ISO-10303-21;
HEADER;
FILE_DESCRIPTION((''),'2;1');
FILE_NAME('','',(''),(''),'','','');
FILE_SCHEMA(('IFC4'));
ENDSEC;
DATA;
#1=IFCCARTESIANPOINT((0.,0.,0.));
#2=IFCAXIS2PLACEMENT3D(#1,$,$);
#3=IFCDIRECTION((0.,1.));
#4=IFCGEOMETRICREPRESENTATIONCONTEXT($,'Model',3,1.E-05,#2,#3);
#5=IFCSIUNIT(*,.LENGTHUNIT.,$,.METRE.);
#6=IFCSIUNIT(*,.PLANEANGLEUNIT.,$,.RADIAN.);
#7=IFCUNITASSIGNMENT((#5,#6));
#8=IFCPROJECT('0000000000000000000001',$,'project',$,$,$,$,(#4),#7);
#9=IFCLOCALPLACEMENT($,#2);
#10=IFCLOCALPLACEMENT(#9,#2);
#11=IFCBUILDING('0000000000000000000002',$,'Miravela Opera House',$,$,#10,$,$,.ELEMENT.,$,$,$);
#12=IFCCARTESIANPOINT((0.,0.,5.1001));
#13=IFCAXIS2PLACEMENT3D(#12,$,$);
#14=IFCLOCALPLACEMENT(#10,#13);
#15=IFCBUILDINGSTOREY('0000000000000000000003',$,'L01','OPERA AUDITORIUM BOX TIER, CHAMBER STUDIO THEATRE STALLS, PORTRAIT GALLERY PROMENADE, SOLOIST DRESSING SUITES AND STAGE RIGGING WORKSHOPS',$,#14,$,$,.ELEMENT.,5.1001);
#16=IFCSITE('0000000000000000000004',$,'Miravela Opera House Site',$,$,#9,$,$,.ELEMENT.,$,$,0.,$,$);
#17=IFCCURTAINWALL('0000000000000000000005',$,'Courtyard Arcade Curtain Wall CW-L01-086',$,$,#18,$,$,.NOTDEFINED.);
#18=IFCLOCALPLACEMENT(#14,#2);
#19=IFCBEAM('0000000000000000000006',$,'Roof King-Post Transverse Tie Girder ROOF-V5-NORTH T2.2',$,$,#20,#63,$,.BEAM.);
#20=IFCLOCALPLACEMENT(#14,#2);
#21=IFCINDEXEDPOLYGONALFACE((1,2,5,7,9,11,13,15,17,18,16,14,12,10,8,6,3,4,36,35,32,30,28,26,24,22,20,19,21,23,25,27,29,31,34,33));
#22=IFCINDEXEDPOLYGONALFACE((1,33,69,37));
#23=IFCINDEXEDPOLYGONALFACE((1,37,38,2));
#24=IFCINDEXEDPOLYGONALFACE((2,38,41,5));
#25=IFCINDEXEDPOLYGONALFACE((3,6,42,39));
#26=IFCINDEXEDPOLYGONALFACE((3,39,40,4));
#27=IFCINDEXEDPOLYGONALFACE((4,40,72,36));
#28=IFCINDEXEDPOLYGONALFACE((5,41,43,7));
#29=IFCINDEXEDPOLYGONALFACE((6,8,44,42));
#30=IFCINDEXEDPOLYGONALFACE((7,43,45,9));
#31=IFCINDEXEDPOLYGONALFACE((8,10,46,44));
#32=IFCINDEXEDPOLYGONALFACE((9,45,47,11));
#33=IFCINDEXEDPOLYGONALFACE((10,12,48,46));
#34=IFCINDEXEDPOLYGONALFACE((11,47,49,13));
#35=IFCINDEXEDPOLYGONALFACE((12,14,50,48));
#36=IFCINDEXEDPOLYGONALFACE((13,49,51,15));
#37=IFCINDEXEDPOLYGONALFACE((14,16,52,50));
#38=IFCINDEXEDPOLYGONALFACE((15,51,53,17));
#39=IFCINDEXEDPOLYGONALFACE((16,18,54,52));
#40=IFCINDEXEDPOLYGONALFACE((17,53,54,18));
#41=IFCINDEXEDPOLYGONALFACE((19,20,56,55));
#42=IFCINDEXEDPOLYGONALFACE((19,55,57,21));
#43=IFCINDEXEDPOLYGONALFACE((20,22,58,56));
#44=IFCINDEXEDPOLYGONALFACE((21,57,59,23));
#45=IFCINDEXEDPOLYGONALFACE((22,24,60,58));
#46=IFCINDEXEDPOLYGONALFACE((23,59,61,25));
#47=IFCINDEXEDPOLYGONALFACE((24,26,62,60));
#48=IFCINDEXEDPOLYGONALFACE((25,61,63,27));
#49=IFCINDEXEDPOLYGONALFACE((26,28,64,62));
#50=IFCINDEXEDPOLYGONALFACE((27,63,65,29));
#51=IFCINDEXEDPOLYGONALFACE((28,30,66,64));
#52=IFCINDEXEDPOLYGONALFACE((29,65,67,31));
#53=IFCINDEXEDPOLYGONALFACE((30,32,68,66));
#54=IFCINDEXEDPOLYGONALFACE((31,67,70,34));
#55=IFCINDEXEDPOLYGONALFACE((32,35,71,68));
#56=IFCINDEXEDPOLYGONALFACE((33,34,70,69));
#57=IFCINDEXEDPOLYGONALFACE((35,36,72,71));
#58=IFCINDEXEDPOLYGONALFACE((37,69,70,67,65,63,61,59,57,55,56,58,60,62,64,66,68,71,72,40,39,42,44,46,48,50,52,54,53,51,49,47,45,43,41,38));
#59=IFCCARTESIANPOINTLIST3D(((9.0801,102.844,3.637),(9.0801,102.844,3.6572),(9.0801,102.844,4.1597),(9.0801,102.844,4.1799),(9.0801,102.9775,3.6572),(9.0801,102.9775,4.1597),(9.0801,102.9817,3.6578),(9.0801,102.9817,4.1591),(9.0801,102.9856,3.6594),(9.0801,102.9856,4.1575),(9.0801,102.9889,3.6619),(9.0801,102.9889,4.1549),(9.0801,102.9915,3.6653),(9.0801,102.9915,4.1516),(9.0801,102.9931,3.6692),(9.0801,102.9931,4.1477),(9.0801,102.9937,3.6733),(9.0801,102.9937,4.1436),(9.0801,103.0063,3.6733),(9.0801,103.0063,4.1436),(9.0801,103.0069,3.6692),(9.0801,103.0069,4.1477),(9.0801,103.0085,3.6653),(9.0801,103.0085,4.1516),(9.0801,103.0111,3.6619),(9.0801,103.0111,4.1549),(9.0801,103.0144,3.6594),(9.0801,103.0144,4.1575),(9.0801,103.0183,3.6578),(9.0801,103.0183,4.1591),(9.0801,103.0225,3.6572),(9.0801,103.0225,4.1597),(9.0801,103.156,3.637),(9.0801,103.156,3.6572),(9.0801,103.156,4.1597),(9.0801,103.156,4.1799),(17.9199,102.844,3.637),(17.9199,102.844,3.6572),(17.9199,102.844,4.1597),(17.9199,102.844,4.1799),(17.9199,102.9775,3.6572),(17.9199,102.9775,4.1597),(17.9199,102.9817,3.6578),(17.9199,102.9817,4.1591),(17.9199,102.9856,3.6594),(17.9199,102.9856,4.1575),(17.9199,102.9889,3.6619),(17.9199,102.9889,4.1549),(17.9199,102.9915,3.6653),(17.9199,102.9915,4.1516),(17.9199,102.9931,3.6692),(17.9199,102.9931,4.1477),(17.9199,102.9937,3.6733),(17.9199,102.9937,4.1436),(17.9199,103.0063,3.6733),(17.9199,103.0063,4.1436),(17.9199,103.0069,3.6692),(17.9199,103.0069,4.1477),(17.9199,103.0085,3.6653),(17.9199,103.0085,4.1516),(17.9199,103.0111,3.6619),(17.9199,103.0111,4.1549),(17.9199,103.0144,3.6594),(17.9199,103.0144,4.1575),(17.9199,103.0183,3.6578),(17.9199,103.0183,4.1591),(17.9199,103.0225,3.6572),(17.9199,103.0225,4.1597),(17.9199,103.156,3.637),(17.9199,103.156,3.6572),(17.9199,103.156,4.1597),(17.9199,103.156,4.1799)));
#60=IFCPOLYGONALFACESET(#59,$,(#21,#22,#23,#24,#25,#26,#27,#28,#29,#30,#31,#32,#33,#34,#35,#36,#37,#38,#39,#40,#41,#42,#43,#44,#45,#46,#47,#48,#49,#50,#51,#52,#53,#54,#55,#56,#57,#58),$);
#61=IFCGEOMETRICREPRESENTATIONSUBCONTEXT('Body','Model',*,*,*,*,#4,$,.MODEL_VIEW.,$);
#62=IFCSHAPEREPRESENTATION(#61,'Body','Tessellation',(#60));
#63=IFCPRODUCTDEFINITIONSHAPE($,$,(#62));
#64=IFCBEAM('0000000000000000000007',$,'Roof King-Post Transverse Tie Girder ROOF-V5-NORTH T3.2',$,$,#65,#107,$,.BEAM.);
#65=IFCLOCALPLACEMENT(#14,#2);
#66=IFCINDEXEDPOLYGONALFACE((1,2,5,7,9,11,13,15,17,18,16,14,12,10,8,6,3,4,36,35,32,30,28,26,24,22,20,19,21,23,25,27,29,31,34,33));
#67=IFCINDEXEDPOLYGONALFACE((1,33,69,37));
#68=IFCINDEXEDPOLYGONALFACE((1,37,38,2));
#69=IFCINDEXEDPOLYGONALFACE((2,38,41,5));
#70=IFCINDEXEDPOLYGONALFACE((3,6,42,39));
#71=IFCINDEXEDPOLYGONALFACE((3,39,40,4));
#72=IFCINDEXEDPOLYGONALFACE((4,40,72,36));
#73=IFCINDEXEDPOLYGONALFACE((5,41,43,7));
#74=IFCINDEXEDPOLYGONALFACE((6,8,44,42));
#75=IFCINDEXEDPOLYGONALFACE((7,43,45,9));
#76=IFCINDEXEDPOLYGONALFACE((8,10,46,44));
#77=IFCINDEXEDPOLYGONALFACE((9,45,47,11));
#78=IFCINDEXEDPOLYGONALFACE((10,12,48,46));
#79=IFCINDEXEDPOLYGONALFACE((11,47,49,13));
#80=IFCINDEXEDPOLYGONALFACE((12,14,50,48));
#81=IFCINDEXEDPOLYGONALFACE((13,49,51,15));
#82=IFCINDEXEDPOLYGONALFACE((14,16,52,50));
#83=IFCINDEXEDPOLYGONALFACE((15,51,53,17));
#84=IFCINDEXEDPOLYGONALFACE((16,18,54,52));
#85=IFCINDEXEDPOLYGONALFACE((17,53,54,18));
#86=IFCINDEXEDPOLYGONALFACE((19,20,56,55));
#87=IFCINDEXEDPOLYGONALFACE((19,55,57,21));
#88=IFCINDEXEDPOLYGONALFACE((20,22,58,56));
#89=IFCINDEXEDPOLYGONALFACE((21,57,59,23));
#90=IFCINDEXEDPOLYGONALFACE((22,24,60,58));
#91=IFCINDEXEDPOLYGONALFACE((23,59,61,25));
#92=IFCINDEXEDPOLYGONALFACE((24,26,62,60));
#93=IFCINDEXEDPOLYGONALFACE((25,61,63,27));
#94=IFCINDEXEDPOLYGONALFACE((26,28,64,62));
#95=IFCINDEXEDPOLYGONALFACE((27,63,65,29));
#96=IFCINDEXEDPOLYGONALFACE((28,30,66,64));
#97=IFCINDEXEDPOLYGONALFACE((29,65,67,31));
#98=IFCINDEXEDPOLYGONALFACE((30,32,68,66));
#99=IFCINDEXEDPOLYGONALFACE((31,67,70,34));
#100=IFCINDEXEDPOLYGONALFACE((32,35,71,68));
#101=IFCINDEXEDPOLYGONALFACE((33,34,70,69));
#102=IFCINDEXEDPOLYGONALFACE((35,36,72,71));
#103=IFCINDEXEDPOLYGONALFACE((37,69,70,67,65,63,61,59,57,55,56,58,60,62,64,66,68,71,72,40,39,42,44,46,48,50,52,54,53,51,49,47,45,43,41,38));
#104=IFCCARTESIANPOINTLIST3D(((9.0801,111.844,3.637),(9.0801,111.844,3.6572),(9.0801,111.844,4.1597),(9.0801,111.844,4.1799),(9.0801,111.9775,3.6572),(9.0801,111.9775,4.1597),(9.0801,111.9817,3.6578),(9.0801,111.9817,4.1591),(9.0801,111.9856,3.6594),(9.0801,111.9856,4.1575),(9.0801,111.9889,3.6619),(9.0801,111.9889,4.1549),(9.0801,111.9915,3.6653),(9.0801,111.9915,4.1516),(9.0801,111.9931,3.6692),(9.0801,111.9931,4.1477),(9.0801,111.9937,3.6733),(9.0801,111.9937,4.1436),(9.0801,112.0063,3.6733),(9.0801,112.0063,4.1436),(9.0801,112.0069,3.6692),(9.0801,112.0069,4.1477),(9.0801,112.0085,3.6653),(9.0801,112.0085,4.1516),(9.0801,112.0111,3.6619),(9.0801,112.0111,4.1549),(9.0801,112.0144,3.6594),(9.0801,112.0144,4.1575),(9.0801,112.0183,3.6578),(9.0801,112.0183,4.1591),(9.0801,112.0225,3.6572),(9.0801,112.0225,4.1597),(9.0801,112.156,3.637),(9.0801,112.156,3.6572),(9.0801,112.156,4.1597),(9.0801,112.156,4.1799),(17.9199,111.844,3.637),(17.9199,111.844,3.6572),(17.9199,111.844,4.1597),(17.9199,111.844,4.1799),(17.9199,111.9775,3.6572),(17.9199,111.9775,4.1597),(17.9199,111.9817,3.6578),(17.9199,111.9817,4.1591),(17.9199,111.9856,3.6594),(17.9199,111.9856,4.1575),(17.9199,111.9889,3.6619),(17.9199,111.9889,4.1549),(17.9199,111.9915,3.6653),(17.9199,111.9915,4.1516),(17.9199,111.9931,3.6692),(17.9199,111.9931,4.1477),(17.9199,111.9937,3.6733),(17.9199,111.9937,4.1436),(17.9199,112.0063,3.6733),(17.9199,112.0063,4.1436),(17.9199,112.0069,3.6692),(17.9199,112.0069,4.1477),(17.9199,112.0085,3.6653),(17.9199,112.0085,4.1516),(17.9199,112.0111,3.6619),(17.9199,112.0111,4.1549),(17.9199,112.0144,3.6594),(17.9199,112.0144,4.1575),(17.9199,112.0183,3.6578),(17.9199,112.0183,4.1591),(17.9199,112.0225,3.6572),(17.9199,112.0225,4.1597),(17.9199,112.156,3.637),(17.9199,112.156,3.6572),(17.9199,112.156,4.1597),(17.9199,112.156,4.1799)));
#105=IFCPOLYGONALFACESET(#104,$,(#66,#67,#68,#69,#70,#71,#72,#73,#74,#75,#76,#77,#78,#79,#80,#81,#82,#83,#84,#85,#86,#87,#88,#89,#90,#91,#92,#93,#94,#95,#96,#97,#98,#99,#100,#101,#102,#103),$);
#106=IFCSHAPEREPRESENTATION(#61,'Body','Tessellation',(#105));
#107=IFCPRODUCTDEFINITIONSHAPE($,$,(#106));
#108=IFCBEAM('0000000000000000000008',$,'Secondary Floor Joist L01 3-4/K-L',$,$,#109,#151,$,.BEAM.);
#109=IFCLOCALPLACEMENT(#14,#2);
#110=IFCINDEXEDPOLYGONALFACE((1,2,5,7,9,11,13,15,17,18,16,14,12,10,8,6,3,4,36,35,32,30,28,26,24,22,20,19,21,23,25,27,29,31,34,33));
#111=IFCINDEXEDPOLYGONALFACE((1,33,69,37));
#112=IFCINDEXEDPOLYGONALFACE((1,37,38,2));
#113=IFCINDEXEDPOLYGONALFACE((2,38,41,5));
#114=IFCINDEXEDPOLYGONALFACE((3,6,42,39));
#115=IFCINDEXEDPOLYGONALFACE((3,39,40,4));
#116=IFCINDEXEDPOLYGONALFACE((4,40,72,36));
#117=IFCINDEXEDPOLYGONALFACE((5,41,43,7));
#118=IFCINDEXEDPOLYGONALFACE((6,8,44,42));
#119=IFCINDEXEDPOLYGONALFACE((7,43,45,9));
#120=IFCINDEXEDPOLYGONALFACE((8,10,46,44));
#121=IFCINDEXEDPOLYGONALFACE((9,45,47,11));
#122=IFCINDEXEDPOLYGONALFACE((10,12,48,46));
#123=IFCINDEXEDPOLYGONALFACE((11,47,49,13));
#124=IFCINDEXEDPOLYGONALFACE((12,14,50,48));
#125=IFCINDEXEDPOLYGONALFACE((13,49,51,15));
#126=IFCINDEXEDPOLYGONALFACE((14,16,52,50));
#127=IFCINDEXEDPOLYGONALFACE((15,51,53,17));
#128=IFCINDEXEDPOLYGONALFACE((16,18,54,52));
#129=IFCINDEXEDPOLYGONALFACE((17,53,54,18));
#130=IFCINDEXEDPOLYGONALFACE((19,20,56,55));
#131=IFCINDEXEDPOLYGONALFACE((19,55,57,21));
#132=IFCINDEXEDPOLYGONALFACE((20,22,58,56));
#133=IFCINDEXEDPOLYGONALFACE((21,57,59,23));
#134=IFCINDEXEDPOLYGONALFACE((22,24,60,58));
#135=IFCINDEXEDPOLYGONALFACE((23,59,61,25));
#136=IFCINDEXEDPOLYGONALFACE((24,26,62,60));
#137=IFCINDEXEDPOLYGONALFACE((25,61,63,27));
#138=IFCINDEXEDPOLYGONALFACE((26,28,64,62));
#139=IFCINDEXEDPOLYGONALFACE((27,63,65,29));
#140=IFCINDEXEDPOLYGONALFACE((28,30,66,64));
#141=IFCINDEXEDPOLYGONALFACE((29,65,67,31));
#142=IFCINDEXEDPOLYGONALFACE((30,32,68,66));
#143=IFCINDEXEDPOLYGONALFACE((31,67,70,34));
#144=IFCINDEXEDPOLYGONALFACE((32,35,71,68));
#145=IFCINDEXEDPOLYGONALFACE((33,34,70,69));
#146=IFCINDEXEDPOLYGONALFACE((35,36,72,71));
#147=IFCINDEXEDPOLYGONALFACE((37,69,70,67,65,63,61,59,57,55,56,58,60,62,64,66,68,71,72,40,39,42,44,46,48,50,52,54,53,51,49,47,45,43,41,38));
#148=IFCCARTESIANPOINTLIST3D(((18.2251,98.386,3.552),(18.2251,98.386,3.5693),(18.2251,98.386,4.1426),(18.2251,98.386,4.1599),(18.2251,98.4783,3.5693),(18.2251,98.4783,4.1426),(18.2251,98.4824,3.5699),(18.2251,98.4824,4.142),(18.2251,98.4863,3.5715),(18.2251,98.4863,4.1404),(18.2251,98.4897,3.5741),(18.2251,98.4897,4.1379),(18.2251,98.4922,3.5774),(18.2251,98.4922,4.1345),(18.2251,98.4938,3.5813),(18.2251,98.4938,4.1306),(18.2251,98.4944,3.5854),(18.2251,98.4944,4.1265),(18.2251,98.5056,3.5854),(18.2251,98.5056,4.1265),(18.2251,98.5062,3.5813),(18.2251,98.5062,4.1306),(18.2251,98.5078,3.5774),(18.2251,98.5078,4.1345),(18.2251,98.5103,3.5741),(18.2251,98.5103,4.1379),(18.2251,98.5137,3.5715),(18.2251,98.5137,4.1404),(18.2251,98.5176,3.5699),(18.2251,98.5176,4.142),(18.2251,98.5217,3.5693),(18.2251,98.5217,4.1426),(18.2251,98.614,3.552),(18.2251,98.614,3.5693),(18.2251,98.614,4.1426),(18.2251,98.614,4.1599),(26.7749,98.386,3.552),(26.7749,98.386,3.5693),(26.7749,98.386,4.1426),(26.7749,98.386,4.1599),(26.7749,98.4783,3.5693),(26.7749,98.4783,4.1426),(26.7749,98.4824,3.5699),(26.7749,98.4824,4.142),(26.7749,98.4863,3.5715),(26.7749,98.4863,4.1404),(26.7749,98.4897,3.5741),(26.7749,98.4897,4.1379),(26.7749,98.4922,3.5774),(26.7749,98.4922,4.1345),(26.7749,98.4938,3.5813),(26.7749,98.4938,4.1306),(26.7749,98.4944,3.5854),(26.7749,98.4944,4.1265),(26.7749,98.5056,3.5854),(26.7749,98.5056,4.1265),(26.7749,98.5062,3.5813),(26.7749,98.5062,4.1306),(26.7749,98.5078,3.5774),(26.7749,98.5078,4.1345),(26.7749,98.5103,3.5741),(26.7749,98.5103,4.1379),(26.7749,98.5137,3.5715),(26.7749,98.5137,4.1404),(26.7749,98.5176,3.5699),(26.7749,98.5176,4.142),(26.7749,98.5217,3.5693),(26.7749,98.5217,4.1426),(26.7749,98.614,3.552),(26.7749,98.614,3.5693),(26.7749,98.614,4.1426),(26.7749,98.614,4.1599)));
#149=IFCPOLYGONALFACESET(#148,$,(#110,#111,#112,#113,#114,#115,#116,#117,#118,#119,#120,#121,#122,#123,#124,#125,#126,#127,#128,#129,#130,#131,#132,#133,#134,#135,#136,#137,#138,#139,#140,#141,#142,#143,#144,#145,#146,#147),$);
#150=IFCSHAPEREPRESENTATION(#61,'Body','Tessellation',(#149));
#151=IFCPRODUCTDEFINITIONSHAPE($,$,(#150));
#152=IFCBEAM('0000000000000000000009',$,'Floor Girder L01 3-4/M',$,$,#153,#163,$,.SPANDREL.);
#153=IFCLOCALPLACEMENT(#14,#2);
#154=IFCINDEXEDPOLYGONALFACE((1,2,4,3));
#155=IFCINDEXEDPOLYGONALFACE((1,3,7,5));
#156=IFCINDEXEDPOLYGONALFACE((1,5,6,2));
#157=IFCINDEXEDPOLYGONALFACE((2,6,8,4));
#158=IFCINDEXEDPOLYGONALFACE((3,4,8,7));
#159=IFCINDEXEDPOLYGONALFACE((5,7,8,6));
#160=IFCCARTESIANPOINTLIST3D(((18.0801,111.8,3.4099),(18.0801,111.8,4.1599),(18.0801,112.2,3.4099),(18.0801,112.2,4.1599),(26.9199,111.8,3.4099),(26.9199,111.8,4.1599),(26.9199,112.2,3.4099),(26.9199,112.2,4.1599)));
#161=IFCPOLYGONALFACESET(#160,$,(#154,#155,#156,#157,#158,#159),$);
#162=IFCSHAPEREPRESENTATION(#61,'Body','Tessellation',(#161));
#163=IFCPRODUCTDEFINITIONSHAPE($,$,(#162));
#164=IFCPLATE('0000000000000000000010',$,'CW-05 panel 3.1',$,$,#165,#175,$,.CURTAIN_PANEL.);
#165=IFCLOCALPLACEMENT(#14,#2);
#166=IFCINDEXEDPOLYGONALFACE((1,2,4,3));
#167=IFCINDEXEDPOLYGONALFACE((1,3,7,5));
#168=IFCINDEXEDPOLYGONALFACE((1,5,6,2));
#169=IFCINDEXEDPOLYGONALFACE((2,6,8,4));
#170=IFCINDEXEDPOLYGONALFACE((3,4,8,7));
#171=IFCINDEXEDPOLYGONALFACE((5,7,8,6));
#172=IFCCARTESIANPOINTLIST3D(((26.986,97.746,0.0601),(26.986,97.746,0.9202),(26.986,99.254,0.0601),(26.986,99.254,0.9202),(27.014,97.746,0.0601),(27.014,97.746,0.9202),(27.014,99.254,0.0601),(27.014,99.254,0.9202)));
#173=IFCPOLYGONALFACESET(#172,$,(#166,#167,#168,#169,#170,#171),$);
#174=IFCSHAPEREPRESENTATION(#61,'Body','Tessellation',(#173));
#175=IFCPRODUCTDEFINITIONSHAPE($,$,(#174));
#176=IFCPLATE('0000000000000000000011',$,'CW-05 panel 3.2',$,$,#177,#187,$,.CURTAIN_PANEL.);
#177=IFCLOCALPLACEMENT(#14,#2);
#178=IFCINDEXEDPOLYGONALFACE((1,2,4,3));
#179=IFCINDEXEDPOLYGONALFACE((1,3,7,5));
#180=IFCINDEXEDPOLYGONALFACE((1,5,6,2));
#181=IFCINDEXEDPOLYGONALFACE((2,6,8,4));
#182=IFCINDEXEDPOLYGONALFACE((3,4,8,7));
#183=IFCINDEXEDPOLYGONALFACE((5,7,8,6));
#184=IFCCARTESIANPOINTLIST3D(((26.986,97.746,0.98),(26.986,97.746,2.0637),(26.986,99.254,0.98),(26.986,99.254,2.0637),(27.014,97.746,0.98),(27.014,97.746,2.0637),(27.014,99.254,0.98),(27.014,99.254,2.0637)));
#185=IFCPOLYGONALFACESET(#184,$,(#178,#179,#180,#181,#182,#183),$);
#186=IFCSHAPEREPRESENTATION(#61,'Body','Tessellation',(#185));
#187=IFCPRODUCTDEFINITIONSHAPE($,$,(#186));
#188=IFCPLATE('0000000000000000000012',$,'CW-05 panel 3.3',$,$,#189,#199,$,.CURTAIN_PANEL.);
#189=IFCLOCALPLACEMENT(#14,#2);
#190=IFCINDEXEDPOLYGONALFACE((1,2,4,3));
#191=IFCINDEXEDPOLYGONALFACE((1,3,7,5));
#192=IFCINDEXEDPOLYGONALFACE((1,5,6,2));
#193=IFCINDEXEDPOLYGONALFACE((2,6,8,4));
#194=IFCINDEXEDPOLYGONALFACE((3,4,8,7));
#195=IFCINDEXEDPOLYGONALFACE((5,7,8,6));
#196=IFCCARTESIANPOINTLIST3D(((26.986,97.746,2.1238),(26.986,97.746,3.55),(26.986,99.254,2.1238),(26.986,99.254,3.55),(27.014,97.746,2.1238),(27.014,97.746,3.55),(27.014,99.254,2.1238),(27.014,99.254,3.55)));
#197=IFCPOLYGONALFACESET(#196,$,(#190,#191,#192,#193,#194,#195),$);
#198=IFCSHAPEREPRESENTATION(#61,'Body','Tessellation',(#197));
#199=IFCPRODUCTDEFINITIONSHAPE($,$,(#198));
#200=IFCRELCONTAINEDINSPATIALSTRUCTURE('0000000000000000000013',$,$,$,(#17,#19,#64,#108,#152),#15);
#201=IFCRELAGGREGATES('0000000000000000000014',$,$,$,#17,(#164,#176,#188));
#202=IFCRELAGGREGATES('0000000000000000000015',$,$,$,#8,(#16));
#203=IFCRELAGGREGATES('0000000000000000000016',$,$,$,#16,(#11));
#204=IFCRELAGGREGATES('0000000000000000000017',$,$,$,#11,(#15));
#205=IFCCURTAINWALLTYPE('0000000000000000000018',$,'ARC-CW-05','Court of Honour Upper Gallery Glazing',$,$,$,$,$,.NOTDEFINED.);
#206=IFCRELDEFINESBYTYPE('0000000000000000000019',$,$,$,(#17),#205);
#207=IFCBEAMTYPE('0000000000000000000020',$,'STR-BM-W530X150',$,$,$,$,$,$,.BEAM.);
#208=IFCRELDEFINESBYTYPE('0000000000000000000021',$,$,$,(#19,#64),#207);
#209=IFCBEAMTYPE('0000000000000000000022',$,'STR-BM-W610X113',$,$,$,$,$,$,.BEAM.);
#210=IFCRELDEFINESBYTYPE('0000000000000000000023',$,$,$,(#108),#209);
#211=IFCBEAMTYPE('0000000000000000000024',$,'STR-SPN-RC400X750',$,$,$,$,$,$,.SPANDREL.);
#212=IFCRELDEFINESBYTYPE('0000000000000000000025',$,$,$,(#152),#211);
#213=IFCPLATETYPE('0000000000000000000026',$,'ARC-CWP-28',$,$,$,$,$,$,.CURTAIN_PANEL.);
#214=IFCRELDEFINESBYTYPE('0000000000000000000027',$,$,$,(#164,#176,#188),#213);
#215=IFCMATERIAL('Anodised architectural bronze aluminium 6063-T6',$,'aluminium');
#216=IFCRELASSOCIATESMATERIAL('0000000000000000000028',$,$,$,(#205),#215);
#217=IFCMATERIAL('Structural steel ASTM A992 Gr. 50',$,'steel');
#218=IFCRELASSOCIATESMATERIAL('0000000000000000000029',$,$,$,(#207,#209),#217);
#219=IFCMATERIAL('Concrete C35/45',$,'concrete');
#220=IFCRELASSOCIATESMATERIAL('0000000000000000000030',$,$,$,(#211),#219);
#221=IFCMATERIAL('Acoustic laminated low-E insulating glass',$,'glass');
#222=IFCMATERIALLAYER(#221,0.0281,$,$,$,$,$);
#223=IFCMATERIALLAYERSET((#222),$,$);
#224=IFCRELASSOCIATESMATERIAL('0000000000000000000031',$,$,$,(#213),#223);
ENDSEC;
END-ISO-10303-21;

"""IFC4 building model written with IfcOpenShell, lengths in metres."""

from ifc_helpers import new_model, si_unit, direction, frame, origin, origin_2d, place, context, subcontext, project, spatial, rectangle, i_section, extrude, material, layer, layer_set, material_profile, profile_set, type_object, element, aggregate, save


model = new_model("IFC4")

# Units and contexts
model_context = context("Model", 3, precision=1e-05, world=origin(), true_north=direction((0.0, 1.0)))
body_context = subcontext(model_context, "Body", "Model", "MODEL_VIEW")
ifc_project = project(units=[si_unit("LENGTHUNIT", "METRE"), si_unit("PLANEANGLEUNIT", "RADIAN")], contexts=[model_context])

# Site, building, storey
site_placement = place(None, origin())
site = spatial("IfcSite", under=ifc_project, at=site_placement, Name="Miravela Opera House Site", CompositionType="ELEMENT", RefElevation=0.0)
building_placement = place(site_placement, origin())
building = spatial("IfcBuilding", under=site, at=building_placement, Name="Miravela Opera House", CompositionType="ELEMENT")
storey_placement = place(building_placement, frame((0.0, 0.0, 5.1001)))
storey = spatial("IfcBuildingStorey", under=building, at=storey_placement, Name="L01", Description="OPERA AUDITORIUM BOX TIER, CHAMBER STUDIO THEATRE STALLS, PORTRAIT GALLERY PROMENADE, SOLOIST DRESSING SUITES AND STAGE RIGGING WORKSHOPS", CompositionType="ELEMENT", Elevation=5.1001)

# Shared definitions
ifc_material_1 = material(Name="Concrete C35/45", Category="concrete")

# Curtain wall
ifc_material_2 = material(Name="Anodised architectural bronze aluminium 6063-T6", Category="aluminium")
curtain_wall_type = type_object("IfcCurtainWallType", Name="ARC-CW-05", Description="Court of Honour Upper Gallery Glazing", PredefinedType="NOTDEFINED", material=ifc_material_2)
curtain_wall_placement = place(storey_placement, origin())
curtain_wall = element("IfcCurtainWall", 1, at=curtain_wall_placement, inside=storey, type_object=curtain_wall_type, Name="Courtyard Arcade Curtain Wall CW-L01-086", PredefinedType="NOTDEFINED")

# Beams
ifc_material_3 = material(Name="Structural steel ASTM A992 Gr. 50", Category="steel")
ifc_material_profile_1 = material_profile(ifc_material_3, i_section(OverallWidth=0.312, OverallDepth=0.543, WebThickness=0.0127, FlangeThickness=0.0203, FilletRadius=0.0161, at=origin_2d()), Name="W530X150")
ifc_profile_set_1 = profile_set([ifc_material_profile_1])
beam_type_1 = type_object("IfcBeamType", Name="STR-BM-W530X150", PredefinedType="BEAM", material=ifc_profile_set_1)
for number, where, z_axis, x_axis, name in (
    (2, (9.0801, 103.0, 3.9084), (1.0, 0.0, 0.0), (0.0, 1.0, 0.0), "Roof King-Post Transverse Tie Girder ROOF-V5-NORTH T2.2"),
    (3, (9.0801, 112.0, 3.9084), (1.0, 0.0, 0.0), (0.0, 1.0, 0.0), "Roof King-Post Transverse Tie Girder ROOF-V5-NORTH T3.2"),
):
    element("IfcBeam", number, at=place(storey_placement, frame(where, z_axis=z_axis, x_axis=x_axis)), inside=storey, type_object=beam_type_1, Name=name, PredefinedType="BEAM", context=body_context, shape_type="SweptSolid", body=[
        extrude(i_section(OverallWidth=0.312, OverallDepth=0.543, WebThickness=0.0127, FlangeThickness=0.0203, FilletRadius=0.0161, at=origin_2d()), origin(), (0.0, 0.0, 1.0), 8.8398),
    ])
ifc_material_profile_2 = material_profile(ifc_material_3, i_section(OverallWidth=0.228, OverallDepth=0.6079, WebThickness=0.0112, FlangeThickness=0.0173, FilletRadius=0.0161, at=origin_2d()), Name="W610X113")
ifc_profile_set_2 = profile_set([ifc_material_profile_2])
beam_type_2 = type_object("IfcBeamType", Name="STR-BM-W610X113", PredefinedType="BEAM", material=ifc_profile_set_2)
beam_1_placement = place(storey_placement, frame((18.2251, 98.5, 3.856), z_axis=(1.0, 0.0, 0.0), x_axis=(0.0, 1.0, 0.0)))
element("IfcBeam", 4, at=beam_1_placement, inside=storey, type_object=beam_type_2, Name="Secondary Floor Joist L01 3-4/K-L", PredefinedType="BEAM", context=body_context, shape_type="SweptSolid", body=[
    extrude(i_section(OverallWidth=0.228, OverallDepth=0.6079, WebThickness=0.0112, FlangeThickness=0.0173, FilletRadius=0.0161, at=origin_2d()), origin(), (0.0, 0.0, 1.0), 8.5498),
])
ifc_material_profile_3 = material_profile(ifc_material_1, rectangle(XDim=0.3999, YDim=0.75, at=origin_2d()), Name="RC-SPN-400X750")
ifc_profile_set_3 = profile_set([ifc_material_profile_3])
beam_type_3 = type_object("IfcBeamType", Name="STR-SPN-RC400X750", PredefinedType="SPANDREL", material=ifc_profile_set_3)
beam_2_placement = place(storey_placement, frame((18.0801, 112.0, 3.7849), z_axis=(1.0, 0.0, 0.0), x_axis=(0.0, 1.0, 0.0)))
element("IfcBeam", 5, at=beam_2_placement, inside=storey, type_object=beam_type_3, Name="Floor Girder L01 3-4/M", PredefinedType="SPANDREL", context=body_context, shape_type="SweptSolid", body=[
    extrude(rectangle(XDim=0.3999, YDim=0.75, at=origin_2d()), origin(), (0.0, 0.0, 1.0), 8.8398),
])

# Plates
ifc_material_4 = material(Name="Acoustic laminated low-E insulating glass", Category="glass")
ifc_layer_1 = layer(ifc_material_4, 0.0281)
ifc_layer_set_1 = layer_set([ifc_layer_1])
plate_type = type_object("IfcPlateType", Name="ARC-CWP-28", PredefinedType="CURTAIN_PANEL", material=ifc_layer_set_1)
plate_1_placement = place(storey_placement, frame((27.0, 98.5, 0.0601), z_axis=(0.0, 0.0, 1.0), x_axis=(0.0, 1.0, 0.0)))
plate_1 = element("IfcPlate", 6, at=plate_1_placement, type_object=plate_type, Name="CW-05 panel 3.1", PredefinedType="CURTAIN_PANEL", context=body_context, shape_type="SweptSolid", body=[
    extrude(rectangle(XDim=1.5081, YDim=0.0281, at=origin_2d()), origin(), (0.0, 0.0, 1.0), 0.8601),
])
plate_2_placement = place(storey_placement, frame((27.0, 98.5, 0.98), z_axis=(0.0, 0.0, 1.0), x_axis=(0.0, 1.0, 0.0)))
plate_2 = element("IfcPlate", 7, at=plate_2_placement, type_object=plate_type, Name="CW-05 panel 3.2", PredefinedType="CURTAIN_PANEL", context=body_context, shape_type="SweptSolid", body=[
    extrude(rectangle(XDim=1.5081, YDim=0.0281, at=origin_2d()), origin(), (0.0, 0.0, 1.0), 1.0837),
])
plate_3_placement = place(storey_placement, frame((27.0, 98.5, 2.1238), z_axis=(0.0, 0.0, 1.0), x_axis=(0.0, 1.0, 0.0)))
plate_3 = element("IfcPlate", 8, at=plate_3_placement, type_object=plate_type, Name="CW-05 panel 3.3", PredefinedType="CURTAIN_PANEL", context=body_context, shape_type="SweptSolid", body=[
    extrude(rectangle(XDim=1.5081, YDim=0.0281, at=origin_2d()), origin(), (0.0, 0.0, 1.0), 1.4263),
])
aggregate(curtain_wall, [plate_1, plate_2, plate_3])

save(model, "model.ifc")
